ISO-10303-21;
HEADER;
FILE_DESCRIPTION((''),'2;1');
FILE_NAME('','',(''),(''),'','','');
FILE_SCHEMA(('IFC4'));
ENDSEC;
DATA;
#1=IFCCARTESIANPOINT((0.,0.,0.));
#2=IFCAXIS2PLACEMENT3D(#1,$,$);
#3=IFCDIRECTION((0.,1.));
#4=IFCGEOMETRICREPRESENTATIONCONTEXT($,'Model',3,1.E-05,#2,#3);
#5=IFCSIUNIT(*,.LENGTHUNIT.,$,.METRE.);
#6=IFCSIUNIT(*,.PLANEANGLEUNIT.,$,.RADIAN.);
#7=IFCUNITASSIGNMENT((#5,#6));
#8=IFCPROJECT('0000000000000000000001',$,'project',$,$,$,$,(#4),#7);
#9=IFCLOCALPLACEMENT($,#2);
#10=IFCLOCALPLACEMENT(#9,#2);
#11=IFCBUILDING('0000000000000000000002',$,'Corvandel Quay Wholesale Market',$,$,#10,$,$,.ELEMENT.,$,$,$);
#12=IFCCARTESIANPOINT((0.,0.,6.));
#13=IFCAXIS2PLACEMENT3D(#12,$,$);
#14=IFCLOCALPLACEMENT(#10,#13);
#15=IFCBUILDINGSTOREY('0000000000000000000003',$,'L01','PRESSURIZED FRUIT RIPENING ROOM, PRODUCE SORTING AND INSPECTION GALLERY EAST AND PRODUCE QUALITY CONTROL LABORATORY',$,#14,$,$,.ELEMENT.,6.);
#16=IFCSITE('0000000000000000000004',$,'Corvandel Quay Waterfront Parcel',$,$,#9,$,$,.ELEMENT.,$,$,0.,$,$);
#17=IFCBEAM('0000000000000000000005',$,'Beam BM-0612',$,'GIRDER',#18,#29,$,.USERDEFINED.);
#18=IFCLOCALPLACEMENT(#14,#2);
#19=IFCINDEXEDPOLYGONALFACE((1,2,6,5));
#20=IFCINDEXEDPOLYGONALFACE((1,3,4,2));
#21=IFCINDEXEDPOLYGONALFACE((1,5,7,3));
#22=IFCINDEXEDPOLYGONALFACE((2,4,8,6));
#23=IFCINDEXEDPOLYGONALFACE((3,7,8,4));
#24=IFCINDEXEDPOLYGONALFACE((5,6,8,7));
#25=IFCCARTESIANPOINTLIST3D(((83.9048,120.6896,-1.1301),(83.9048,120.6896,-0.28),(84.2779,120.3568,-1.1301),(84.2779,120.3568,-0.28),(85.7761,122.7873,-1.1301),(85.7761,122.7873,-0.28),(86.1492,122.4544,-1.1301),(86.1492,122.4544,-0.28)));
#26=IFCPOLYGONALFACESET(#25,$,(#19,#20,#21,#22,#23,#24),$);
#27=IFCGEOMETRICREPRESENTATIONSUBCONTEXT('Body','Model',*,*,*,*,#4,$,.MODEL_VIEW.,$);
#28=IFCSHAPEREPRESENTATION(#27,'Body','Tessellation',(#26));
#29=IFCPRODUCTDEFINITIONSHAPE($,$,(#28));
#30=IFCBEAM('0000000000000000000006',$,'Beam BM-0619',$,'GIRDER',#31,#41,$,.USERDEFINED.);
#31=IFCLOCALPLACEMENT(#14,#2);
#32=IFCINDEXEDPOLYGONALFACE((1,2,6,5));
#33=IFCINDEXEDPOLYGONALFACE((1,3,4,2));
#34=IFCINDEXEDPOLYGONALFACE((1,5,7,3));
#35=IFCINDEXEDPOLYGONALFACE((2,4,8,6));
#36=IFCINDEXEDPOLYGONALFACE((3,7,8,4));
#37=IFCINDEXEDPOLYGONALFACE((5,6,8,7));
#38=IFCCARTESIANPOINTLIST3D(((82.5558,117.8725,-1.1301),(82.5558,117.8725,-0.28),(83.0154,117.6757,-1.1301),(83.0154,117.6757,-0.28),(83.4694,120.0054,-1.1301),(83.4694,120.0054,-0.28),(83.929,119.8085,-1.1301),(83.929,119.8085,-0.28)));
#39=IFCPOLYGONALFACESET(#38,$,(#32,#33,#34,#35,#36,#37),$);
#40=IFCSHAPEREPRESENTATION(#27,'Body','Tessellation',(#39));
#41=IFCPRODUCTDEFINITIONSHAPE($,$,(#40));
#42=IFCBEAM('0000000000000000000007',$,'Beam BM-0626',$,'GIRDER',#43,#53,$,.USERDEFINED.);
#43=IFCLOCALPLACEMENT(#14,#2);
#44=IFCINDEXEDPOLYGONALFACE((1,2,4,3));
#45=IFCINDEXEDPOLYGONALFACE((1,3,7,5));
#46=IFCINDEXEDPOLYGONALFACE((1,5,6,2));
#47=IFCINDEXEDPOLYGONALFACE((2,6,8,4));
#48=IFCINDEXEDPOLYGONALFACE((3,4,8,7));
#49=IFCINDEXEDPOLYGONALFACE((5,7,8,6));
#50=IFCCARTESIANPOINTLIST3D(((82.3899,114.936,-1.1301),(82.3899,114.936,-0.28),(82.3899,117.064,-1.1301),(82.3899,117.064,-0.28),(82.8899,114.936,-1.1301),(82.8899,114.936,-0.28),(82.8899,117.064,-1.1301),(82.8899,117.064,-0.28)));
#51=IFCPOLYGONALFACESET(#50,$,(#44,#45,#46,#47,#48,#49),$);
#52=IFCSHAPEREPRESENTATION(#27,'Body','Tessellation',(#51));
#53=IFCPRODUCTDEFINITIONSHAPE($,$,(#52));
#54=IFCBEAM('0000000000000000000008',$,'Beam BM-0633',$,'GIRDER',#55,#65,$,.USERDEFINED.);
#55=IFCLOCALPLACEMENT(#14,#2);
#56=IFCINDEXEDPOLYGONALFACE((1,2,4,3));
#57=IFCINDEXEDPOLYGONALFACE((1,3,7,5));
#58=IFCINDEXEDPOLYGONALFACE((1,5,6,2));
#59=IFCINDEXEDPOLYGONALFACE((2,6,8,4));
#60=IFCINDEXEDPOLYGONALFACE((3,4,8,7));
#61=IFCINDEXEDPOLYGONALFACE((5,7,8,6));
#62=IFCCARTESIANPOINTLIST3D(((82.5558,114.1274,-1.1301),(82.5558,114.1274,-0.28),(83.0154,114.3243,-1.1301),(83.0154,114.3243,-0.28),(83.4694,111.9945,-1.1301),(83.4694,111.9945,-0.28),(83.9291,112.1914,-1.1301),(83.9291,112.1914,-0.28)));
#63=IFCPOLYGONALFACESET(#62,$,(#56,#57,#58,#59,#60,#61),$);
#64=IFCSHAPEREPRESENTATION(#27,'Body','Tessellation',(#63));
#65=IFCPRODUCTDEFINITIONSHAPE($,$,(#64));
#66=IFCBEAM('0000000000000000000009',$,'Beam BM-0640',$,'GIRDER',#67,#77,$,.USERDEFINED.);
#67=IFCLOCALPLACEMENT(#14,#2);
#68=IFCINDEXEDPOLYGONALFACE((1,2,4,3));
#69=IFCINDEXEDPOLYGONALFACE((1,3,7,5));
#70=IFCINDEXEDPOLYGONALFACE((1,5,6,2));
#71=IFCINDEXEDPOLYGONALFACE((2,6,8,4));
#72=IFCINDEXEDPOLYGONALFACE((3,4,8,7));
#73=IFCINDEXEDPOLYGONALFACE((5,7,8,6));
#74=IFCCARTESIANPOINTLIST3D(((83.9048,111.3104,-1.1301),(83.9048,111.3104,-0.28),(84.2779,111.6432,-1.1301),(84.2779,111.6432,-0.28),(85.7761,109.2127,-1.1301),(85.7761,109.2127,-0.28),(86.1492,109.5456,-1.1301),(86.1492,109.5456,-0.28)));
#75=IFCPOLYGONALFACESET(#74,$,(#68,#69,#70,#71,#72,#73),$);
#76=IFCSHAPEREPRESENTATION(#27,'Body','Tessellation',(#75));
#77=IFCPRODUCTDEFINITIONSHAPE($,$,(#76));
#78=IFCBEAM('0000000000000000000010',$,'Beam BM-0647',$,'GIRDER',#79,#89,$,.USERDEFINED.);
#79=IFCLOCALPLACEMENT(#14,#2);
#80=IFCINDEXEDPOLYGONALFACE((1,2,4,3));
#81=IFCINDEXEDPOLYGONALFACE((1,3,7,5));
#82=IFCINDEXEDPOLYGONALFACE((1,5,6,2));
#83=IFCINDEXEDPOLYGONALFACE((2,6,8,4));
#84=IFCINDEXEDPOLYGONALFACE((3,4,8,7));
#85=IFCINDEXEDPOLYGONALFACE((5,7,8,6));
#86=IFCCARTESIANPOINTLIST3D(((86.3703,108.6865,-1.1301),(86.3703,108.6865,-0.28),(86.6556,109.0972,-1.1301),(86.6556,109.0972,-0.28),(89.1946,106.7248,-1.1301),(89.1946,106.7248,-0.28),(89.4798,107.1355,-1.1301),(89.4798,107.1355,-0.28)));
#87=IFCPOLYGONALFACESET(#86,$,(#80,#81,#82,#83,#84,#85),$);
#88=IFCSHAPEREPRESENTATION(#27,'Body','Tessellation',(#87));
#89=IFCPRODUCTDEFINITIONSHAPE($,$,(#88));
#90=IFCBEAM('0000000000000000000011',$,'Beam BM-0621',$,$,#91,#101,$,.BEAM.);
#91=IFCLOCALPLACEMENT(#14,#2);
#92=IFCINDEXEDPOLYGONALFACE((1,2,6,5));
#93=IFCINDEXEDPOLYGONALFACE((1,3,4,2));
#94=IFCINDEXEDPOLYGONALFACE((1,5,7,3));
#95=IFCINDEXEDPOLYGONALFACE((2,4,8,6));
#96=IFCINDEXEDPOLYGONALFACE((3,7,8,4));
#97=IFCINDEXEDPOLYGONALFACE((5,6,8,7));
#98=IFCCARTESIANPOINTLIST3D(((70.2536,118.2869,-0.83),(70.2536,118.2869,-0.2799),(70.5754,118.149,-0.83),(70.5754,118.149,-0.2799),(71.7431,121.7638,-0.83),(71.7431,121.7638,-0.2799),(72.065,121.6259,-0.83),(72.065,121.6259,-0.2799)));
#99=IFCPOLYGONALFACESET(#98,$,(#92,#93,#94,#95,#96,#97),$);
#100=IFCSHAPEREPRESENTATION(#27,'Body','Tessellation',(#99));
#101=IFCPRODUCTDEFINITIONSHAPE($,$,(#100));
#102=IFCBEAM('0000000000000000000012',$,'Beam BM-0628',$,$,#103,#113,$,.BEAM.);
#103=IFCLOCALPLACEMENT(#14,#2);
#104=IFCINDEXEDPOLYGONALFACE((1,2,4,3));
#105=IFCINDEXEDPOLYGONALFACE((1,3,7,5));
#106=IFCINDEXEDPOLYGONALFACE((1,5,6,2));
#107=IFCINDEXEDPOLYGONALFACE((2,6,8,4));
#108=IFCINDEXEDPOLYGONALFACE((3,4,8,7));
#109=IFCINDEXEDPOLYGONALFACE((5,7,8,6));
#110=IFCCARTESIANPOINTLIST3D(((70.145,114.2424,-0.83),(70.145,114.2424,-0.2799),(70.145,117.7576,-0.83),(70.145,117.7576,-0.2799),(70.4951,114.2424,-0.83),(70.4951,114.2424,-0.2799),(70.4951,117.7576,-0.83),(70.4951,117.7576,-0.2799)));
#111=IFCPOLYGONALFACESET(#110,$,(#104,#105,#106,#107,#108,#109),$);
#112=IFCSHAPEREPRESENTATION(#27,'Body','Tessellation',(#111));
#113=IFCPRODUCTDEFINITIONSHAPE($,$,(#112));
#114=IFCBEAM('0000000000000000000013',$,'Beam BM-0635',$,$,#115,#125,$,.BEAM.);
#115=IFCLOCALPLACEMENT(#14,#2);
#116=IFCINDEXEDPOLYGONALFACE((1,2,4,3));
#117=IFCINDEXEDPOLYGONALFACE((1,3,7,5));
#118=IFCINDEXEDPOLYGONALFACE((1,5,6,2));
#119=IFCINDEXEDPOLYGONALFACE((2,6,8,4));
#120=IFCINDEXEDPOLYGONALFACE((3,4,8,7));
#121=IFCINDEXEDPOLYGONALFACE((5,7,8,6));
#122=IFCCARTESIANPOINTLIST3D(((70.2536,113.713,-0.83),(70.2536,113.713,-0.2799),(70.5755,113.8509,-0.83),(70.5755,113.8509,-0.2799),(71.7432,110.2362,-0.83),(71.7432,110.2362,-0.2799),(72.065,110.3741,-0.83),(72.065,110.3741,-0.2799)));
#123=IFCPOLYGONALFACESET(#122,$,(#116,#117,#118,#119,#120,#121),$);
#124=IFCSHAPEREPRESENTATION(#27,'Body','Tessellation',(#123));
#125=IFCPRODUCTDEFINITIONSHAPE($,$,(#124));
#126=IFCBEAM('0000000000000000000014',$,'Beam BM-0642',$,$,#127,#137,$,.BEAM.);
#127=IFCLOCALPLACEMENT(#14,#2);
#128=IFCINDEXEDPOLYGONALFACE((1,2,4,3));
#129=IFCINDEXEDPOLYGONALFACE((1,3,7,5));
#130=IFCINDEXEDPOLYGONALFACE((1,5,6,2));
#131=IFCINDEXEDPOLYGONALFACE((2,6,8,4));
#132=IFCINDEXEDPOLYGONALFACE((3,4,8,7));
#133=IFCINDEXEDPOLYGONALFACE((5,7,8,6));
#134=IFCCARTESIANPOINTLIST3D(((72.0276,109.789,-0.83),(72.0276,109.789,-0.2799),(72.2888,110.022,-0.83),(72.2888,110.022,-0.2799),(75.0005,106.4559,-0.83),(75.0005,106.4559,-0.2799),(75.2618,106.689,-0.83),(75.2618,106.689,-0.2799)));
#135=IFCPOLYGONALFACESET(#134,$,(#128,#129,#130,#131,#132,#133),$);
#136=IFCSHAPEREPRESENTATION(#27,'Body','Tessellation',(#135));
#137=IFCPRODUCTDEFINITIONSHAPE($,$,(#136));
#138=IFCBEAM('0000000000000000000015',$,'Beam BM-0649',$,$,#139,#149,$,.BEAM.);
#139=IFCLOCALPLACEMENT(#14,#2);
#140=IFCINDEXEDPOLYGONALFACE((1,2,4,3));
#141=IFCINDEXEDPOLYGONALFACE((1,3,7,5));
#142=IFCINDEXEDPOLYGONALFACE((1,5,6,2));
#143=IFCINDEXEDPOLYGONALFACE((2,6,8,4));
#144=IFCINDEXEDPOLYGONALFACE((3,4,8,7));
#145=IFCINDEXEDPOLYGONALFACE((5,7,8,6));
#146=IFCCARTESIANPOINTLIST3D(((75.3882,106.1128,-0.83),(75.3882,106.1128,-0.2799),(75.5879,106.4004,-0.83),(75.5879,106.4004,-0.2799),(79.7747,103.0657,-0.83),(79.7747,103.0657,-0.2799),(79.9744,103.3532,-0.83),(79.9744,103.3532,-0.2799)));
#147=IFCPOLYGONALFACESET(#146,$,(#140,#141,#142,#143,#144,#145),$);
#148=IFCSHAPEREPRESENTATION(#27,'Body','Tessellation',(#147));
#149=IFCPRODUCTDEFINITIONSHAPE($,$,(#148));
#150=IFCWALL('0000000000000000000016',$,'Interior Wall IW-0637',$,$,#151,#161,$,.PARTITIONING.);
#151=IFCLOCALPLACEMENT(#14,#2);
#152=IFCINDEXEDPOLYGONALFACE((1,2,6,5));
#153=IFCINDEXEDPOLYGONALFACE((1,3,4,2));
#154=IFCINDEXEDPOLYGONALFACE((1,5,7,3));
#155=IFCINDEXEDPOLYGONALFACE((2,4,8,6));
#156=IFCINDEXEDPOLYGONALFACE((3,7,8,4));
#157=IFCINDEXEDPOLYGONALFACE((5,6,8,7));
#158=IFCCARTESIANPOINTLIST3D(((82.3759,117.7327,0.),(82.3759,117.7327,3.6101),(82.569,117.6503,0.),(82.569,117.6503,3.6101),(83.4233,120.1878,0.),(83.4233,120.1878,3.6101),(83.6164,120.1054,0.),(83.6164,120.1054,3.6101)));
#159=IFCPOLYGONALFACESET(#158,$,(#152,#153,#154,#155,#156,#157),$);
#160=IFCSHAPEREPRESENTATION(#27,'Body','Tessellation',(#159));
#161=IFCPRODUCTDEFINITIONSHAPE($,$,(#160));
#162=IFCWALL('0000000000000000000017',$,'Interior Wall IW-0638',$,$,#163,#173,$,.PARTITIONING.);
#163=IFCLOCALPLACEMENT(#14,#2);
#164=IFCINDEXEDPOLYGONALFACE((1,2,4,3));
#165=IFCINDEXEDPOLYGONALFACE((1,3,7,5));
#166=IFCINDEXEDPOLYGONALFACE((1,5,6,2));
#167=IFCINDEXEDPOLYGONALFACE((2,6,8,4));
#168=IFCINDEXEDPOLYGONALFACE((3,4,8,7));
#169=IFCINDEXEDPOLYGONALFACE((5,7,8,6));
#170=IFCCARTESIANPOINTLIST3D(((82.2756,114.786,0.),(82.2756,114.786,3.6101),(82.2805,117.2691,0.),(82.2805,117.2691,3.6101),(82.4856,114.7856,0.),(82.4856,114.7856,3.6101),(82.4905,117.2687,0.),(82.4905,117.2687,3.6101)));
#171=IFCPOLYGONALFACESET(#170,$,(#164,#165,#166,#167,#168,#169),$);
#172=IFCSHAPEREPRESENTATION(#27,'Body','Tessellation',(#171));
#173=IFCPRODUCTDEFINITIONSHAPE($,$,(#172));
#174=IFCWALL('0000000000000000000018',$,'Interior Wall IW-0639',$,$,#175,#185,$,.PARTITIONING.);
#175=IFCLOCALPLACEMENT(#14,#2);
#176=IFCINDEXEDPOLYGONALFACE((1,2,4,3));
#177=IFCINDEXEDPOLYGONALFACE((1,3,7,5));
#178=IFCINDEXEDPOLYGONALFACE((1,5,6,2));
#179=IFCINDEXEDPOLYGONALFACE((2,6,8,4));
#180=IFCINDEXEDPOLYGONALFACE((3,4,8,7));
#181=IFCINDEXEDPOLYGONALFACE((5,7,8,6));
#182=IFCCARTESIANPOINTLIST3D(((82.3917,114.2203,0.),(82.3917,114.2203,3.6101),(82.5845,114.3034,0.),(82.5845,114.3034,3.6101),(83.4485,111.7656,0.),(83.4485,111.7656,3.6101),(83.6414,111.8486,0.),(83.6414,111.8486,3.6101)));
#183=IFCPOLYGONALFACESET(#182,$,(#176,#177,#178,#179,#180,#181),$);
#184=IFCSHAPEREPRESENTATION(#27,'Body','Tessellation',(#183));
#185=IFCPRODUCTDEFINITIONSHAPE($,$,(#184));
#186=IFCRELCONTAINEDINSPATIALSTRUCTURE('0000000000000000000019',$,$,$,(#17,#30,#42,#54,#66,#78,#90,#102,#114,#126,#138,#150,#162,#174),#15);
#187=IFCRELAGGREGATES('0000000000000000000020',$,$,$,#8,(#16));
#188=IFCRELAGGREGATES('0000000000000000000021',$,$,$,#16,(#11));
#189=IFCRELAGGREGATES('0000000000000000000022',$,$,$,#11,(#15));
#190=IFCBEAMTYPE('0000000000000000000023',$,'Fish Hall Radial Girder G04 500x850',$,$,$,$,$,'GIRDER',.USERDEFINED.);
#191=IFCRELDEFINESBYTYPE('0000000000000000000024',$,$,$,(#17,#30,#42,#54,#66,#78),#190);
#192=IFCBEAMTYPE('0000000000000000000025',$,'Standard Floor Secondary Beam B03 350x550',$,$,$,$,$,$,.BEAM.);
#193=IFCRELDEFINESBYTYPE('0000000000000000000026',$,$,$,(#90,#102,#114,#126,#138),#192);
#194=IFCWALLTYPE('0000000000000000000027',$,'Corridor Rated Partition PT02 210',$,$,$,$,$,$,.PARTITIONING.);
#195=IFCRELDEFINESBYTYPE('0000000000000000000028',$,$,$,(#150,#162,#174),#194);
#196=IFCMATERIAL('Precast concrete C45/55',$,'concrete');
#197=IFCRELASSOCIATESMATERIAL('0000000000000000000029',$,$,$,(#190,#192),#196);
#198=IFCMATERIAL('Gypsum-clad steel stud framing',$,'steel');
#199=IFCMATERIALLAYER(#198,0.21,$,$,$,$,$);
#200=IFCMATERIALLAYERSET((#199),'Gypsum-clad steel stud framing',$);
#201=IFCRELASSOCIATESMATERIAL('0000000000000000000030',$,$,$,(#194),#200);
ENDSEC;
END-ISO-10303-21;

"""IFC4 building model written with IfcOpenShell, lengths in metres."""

from ifc_helpers import new_model, si_unit, direction, frame, frame_2d, origin, origin_2d, place, context, subcontext, project, spatial, rectangle, extrude, material, layer, layer_set, material_profile, profile_set, type_object, element, save


model = new_model("IFC4")

# Units and contexts
model_context = context("Model", 3, precision=1e-05, world=origin(), true_north=direction((0.0, 1.0)))
body_context = subcontext(model_context, "Body", "Model", "MODEL_VIEW")
ifc_project = project(units=[si_unit("LENGTHUNIT", "METRE"), si_unit("PLANEANGLEUNIT", "RADIAN")], contexts=[model_context])

# Site, building, storey
site_placement = place(None, origin())
site = spatial("IfcSite", under=ifc_project, at=site_placement, Name="Corvandel Quay Waterfront Parcel", CompositionType="ELEMENT", RefElevation=0.0)
building_placement = place(site_placement, origin())
building = spatial("IfcBuilding", under=site, at=building_placement, Name="Corvandel Quay Wholesale Market", CompositionType="ELEMENT")
storey_placement = place(building_placement, frame((0.0, 0.0, 6.0)))
storey = spatial("IfcBuildingStorey", under=building, at=storey_placement, Name="L01", Description="PRESSURIZED FRUIT RIPENING ROOM, PRODUCE SORTING AND INSPECTION GALLERY EAST AND PRODUCE QUALITY CONTROL LABORATORY", CompositionType="ELEMENT", Elevation=6.0)

# Shared definitions
ifc_material_1 = material(Name="Precast concrete C45/55", Category="concrete")

# Beams
ifc_material_profile_1 = material_profile(ifc_material_1, rectangle(XDim=0.5, YDim=0.8501, at=origin_2d()), Name="PC-GIR-500x850")
ifc_profile_set_1 = profile_set([ifc_material_profile_1], Name="Precast concrete C45/55")
beam_type_1 = type_object("IfcBeamType", Name="Fish Hall Radial Girder G04 500x850", ElementType="GIRDER", PredefinedType="USERDEFINED", material=ifc_profile_set_1)
beam_1_placement = place(storey_placement, frame((85.9626, 122.6208, -0.7051), z_axis=(-0.665705, -0.746215, 0.0), x_axis=(0.746215, -0.665705, 0.0)))
element("IfcBeam", 1, at=beam_1_placement, inside=storey, type_object=beam_type_1, Name="Beam BM-0612", ObjectType="GIRDER", PredefinedType="USERDEFINED", context=body_context, shape_type="SweptSolid", body=[
    extrude(rectangle(XDim=0.5, YDim=0.8501, at=origin_2d()), origin(), (0.0, 0.0, 1.0), 2.811),
])
beam_2_placement = place(storey_placement, frame((83.6992, 119.907, -0.7051), z_axis=(-0.393742, -0.919221, 0.0), x_axis=(0.919221, -0.393742, 0.0)))
element("IfcBeam", 2, at=beam_2_placement, inside=storey, type_object=beam_type_1, Name="Beam BM-0619", ObjectType="GIRDER", PredefinedType="USERDEFINED", context=body_context, shape_type="SweptSolid", body=[
    extrude(rectangle(XDim=0.5, YDim=0.8501, at=origin_2d()), origin(), (0.0, 0.0, 1.0), 2.3203),
])
beam_3_placement = place(storey_placement, frame((82.6399, 117.064, -0.7051), z_axis=(0.0, -1.0, 0.0), x_axis=(1.0, 0.0, 0.0)))
element("IfcBeam", 3, at=beam_3_placement, inside=storey, type_object=beam_type_1, Name="Beam BM-0626", ObjectType="GIRDER", PredefinedType="USERDEFINED", context=body_context, shape_type="SweptSolid", body=[
    extrude(rectangle(XDim=0.5, YDim=0.8501, at=origin_2d()), origin(), (0.0, 0.0, 1.0), 2.1279),
])
beam_4_placement = place(storey_placement, frame((82.7856, 114.2258, -0.7051), z_axis=(0.393742, -0.919221, 0.0), x_axis=(0.919221, 0.393742, 0.0)))
element("IfcBeam", 4, at=beam_4_placement, inside=storey, type_object=beam_type_1, Name="Beam BM-0633", ObjectType="GIRDER", PredefinedType="USERDEFINED", context=body_context, shape_type="SweptSolid", body=[
    extrude(rectangle(XDim=0.5, YDim=0.8501, at=origin_2d()), origin(), (0.0, 0.0, 1.0), 2.3203),
])
beam_5_placement = place(storey_placement, frame((84.0913, 111.4768, -0.7051), z_axis=(0.665705, -0.746215, 0.0), x_axis=(0.746215, 0.665705, 0.0)))
element("IfcBeam", 5, at=beam_5_placement, inside=storey, type_object=beam_type_1, Name="Beam BM-0640", ObjectType="GIRDER", PredefinedType="USERDEFINED", context=body_context, shape_type="SweptSolid", body=[
    extrude(rectangle(XDim=0.5, YDim=0.8501, at=origin_2d()), origin(), (0.0, 0.0, 1.0), 2.811),
])
beam_6_placement = place(storey_placement, frame((86.5129, 108.8918, -0.7051), z_axis=(0.821315, -0.570476, 0.0), x_axis=(0.570476, 0.821315, 0.0)))
element("IfcBeam", 6, at=beam_6_placement, inside=storey, type_object=beam_type_1, Name="Beam BM-0647", ObjectType="GIRDER", PredefinedType="USERDEFINED", context=body_context, shape_type="SweptSolid", body=[
    extrude(rectangle(XDim=0.5, YDim=0.8501, at=origin_2d()), origin(), (0.0, 0.0, 1.0), 3.4387),
])
ifc_material_profile_2 = material_profile(ifc_material_1, rectangle(XDim=0.3501, YDim=0.55, at=origin_2d()), Name="PC-BM-350x550")
ifc_profile_set_2 = profile_set([ifc_material_profile_2], Name="Precast concrete C45/55")
beam_type_2 = type_object("IfcBeamType", Name="Standard Floor Secondary Beam B03 350x550", PredefinedType="BEAM", material=ifc_profile_set_2)
beam_7_placement = place(storey_placement, frame((71.9041, 121.6948, -0.5549), z_axis=(-0.393795, -0.919198, 0.0), x_axis=(0.919198, -0.393795, 0.0)))
element("IfcBeam", 7, at=beam_7_placement, inside=storey, type_object=beam_type_2, Name="Beam BM-0621", PredefinedType="BEAM", context=body_context, shape_type="SweptSolid", body=[
    extrude(rectangle(XDim=0.3501, YDim=0.55, at=origin_2d()), origin(), (0.0, 0.0, 1.0), 3.7825),
])
beam_8_placement = place(storey_placement, frame((70.3201, 117.7576, -0.5549), z_axis=(0.0, -1.0, 0.0), x_axis=(1.0, 0.0, 0.0)))
element("IfcBeam", 8, at=beam_8_placement, inside=storey, type_object=beam_type_2, Name="Beam BM-0628", PredefinedType="BEAM", context=body_context, shape_type="SweptSolid", body=[
    extrude(rectangle(XDim=0.3501, YDim=0.55, at=origin_2d()), origin(), (0.0, 0.0, 1.0), 3.5151),
])
beam_9_placement = place(storey_placement, frame((70.4146, 113.782, -0.5549), z_axis=(0.393795, -0.919198, 0.0), x_axis=(0.919198, 0.393795, 0.0)))
element("IfcBeam", 9, at=beam_9_placement, inside=storey, type_object=beam_type_2, Name="Beam BM-0635", PredefinedType="BEAM", context=body_context, shape_type="SweptSolid", body=[
    extrude(rectangle(XDim=0.3501, YDim=0.55, at=origin_2d()), origin(), (0.0, 0.0, 1.0), 3.7825),
])
beam_10_placement = place(storey_placement, frame((72.1582, 109.9055, -0.5549), z_axis=(0.665642, -0.746271, 0.0), x_axis=(0.746271, 0.665642, 0.0)))
element("IfcBeam", 10, at=beam_10_placement, inside=storey, type_object=beam_type_2, Name="Beam BM-0642", PredefinedType="BEAM", context=body_context, shape_type="SweptSolid", body=[
    extrude(rectangle(XDim=0.3501, YDim=0.55, at=origin_2d()), origin(), (0.0, 0.0, 1.0), 4.4663),
])
beam_11_placement = place(storey_placement, frame((75.488, 106.2566, -0.5549), z_axis=(0.821286, -0.570517, 0.0), x_axis=(0.570517, 0.821286, 0.0)))
element("IfcBeam", 11, at=beam_11_placement, inside=storey, type_object=beam_type_2, Name="Beam BM-0649", PredefinedType="BEAM", context=body_context, shape_type="SweptSolid", body=[
    extrude(rectangle(XDim=0.3501, YDim=0.55, at=origin_2d()), origin(), (0.0, 0.0, 1.0), 5.3411),
])

# Walls
ifc_material_2 = material(Name="Gypsum-clad steel stud framing", Category="steel")
ifc_layer_1 = layer(ifc_material_2, 0.21)
ifc_layer_set_1 = layer_set([ifc_layer_1], Name="Gypsum-clad steel stud framing")
wall_type_1 = type_object("IfcWallType", Name="Corridor Rated Partition PT02 210", PredefinedType="PARTITIONING", material=ifc_layer_set_1)
wall_1_placement = place(storey_placement, frame((83.5198, 120.1465, 0.0), z_axis=(0.0, 0.0, 1.0), x_axis=(-0.392395, -0.919797, 0.0)))
element("IfcWall", 12, at=wall_1_placement, inside=storey, type_object=wall_type_1, Name="Interior Wall IW-0637", PredefinedType="PARTITIONING", context=body_context, shape_type="SweptSolid", body=[
    extrude(rectangle(XDim=2.6692, YDim=0.21, at=frame_2d((1.3345, 0.0))), origin(), (0.0, 0.0, 1.0), 3.6101),
])
wall_2_placement = place(storey_placement, frame((82.3855, 117.269, 0.0), z_axis=(0.0, 0.0, 1.0), x_axis=(-0.001966, -0.999998, 0.0)))
element("IfcWall", 13, at=wall_2_placement, inside=storey, type_object=wall_type_1, Name="Interior Wall IW-0638", PredefinedType="PARTITIONING", context=body_context, shape_type="SweptSolid", body=[
    extrude(rectangle(XDim=2.4832, YDim=0.21, at=frame_2d((1.2417, 0.0))), origin(), (0.0, 0.0, 1.0), 3.6101),
])
wall_3_placement = place(storey_placement, frame((82.488, 114.262, 0.0), z_axis=(0.0, 0.0, 1.0), x_axis=(0.39544, -0.918492, 0.0)))
element("IfcWall", 14, at=wall_3_placement, inside=storey, type_object=wall_type_1, Name="Interior Wall IW-0639", PredefinedType="PARTITIONING", context=body_context, shape_type="SweptSolid", body=[
    extrude(rectangle(XDim=2.6726, YDim=0.21, at=frame_2d((1.3364, 0.0))), origin(), (0.0, 0.0, 1.0), 3.6101),
])

save(model, "model.ifc")
